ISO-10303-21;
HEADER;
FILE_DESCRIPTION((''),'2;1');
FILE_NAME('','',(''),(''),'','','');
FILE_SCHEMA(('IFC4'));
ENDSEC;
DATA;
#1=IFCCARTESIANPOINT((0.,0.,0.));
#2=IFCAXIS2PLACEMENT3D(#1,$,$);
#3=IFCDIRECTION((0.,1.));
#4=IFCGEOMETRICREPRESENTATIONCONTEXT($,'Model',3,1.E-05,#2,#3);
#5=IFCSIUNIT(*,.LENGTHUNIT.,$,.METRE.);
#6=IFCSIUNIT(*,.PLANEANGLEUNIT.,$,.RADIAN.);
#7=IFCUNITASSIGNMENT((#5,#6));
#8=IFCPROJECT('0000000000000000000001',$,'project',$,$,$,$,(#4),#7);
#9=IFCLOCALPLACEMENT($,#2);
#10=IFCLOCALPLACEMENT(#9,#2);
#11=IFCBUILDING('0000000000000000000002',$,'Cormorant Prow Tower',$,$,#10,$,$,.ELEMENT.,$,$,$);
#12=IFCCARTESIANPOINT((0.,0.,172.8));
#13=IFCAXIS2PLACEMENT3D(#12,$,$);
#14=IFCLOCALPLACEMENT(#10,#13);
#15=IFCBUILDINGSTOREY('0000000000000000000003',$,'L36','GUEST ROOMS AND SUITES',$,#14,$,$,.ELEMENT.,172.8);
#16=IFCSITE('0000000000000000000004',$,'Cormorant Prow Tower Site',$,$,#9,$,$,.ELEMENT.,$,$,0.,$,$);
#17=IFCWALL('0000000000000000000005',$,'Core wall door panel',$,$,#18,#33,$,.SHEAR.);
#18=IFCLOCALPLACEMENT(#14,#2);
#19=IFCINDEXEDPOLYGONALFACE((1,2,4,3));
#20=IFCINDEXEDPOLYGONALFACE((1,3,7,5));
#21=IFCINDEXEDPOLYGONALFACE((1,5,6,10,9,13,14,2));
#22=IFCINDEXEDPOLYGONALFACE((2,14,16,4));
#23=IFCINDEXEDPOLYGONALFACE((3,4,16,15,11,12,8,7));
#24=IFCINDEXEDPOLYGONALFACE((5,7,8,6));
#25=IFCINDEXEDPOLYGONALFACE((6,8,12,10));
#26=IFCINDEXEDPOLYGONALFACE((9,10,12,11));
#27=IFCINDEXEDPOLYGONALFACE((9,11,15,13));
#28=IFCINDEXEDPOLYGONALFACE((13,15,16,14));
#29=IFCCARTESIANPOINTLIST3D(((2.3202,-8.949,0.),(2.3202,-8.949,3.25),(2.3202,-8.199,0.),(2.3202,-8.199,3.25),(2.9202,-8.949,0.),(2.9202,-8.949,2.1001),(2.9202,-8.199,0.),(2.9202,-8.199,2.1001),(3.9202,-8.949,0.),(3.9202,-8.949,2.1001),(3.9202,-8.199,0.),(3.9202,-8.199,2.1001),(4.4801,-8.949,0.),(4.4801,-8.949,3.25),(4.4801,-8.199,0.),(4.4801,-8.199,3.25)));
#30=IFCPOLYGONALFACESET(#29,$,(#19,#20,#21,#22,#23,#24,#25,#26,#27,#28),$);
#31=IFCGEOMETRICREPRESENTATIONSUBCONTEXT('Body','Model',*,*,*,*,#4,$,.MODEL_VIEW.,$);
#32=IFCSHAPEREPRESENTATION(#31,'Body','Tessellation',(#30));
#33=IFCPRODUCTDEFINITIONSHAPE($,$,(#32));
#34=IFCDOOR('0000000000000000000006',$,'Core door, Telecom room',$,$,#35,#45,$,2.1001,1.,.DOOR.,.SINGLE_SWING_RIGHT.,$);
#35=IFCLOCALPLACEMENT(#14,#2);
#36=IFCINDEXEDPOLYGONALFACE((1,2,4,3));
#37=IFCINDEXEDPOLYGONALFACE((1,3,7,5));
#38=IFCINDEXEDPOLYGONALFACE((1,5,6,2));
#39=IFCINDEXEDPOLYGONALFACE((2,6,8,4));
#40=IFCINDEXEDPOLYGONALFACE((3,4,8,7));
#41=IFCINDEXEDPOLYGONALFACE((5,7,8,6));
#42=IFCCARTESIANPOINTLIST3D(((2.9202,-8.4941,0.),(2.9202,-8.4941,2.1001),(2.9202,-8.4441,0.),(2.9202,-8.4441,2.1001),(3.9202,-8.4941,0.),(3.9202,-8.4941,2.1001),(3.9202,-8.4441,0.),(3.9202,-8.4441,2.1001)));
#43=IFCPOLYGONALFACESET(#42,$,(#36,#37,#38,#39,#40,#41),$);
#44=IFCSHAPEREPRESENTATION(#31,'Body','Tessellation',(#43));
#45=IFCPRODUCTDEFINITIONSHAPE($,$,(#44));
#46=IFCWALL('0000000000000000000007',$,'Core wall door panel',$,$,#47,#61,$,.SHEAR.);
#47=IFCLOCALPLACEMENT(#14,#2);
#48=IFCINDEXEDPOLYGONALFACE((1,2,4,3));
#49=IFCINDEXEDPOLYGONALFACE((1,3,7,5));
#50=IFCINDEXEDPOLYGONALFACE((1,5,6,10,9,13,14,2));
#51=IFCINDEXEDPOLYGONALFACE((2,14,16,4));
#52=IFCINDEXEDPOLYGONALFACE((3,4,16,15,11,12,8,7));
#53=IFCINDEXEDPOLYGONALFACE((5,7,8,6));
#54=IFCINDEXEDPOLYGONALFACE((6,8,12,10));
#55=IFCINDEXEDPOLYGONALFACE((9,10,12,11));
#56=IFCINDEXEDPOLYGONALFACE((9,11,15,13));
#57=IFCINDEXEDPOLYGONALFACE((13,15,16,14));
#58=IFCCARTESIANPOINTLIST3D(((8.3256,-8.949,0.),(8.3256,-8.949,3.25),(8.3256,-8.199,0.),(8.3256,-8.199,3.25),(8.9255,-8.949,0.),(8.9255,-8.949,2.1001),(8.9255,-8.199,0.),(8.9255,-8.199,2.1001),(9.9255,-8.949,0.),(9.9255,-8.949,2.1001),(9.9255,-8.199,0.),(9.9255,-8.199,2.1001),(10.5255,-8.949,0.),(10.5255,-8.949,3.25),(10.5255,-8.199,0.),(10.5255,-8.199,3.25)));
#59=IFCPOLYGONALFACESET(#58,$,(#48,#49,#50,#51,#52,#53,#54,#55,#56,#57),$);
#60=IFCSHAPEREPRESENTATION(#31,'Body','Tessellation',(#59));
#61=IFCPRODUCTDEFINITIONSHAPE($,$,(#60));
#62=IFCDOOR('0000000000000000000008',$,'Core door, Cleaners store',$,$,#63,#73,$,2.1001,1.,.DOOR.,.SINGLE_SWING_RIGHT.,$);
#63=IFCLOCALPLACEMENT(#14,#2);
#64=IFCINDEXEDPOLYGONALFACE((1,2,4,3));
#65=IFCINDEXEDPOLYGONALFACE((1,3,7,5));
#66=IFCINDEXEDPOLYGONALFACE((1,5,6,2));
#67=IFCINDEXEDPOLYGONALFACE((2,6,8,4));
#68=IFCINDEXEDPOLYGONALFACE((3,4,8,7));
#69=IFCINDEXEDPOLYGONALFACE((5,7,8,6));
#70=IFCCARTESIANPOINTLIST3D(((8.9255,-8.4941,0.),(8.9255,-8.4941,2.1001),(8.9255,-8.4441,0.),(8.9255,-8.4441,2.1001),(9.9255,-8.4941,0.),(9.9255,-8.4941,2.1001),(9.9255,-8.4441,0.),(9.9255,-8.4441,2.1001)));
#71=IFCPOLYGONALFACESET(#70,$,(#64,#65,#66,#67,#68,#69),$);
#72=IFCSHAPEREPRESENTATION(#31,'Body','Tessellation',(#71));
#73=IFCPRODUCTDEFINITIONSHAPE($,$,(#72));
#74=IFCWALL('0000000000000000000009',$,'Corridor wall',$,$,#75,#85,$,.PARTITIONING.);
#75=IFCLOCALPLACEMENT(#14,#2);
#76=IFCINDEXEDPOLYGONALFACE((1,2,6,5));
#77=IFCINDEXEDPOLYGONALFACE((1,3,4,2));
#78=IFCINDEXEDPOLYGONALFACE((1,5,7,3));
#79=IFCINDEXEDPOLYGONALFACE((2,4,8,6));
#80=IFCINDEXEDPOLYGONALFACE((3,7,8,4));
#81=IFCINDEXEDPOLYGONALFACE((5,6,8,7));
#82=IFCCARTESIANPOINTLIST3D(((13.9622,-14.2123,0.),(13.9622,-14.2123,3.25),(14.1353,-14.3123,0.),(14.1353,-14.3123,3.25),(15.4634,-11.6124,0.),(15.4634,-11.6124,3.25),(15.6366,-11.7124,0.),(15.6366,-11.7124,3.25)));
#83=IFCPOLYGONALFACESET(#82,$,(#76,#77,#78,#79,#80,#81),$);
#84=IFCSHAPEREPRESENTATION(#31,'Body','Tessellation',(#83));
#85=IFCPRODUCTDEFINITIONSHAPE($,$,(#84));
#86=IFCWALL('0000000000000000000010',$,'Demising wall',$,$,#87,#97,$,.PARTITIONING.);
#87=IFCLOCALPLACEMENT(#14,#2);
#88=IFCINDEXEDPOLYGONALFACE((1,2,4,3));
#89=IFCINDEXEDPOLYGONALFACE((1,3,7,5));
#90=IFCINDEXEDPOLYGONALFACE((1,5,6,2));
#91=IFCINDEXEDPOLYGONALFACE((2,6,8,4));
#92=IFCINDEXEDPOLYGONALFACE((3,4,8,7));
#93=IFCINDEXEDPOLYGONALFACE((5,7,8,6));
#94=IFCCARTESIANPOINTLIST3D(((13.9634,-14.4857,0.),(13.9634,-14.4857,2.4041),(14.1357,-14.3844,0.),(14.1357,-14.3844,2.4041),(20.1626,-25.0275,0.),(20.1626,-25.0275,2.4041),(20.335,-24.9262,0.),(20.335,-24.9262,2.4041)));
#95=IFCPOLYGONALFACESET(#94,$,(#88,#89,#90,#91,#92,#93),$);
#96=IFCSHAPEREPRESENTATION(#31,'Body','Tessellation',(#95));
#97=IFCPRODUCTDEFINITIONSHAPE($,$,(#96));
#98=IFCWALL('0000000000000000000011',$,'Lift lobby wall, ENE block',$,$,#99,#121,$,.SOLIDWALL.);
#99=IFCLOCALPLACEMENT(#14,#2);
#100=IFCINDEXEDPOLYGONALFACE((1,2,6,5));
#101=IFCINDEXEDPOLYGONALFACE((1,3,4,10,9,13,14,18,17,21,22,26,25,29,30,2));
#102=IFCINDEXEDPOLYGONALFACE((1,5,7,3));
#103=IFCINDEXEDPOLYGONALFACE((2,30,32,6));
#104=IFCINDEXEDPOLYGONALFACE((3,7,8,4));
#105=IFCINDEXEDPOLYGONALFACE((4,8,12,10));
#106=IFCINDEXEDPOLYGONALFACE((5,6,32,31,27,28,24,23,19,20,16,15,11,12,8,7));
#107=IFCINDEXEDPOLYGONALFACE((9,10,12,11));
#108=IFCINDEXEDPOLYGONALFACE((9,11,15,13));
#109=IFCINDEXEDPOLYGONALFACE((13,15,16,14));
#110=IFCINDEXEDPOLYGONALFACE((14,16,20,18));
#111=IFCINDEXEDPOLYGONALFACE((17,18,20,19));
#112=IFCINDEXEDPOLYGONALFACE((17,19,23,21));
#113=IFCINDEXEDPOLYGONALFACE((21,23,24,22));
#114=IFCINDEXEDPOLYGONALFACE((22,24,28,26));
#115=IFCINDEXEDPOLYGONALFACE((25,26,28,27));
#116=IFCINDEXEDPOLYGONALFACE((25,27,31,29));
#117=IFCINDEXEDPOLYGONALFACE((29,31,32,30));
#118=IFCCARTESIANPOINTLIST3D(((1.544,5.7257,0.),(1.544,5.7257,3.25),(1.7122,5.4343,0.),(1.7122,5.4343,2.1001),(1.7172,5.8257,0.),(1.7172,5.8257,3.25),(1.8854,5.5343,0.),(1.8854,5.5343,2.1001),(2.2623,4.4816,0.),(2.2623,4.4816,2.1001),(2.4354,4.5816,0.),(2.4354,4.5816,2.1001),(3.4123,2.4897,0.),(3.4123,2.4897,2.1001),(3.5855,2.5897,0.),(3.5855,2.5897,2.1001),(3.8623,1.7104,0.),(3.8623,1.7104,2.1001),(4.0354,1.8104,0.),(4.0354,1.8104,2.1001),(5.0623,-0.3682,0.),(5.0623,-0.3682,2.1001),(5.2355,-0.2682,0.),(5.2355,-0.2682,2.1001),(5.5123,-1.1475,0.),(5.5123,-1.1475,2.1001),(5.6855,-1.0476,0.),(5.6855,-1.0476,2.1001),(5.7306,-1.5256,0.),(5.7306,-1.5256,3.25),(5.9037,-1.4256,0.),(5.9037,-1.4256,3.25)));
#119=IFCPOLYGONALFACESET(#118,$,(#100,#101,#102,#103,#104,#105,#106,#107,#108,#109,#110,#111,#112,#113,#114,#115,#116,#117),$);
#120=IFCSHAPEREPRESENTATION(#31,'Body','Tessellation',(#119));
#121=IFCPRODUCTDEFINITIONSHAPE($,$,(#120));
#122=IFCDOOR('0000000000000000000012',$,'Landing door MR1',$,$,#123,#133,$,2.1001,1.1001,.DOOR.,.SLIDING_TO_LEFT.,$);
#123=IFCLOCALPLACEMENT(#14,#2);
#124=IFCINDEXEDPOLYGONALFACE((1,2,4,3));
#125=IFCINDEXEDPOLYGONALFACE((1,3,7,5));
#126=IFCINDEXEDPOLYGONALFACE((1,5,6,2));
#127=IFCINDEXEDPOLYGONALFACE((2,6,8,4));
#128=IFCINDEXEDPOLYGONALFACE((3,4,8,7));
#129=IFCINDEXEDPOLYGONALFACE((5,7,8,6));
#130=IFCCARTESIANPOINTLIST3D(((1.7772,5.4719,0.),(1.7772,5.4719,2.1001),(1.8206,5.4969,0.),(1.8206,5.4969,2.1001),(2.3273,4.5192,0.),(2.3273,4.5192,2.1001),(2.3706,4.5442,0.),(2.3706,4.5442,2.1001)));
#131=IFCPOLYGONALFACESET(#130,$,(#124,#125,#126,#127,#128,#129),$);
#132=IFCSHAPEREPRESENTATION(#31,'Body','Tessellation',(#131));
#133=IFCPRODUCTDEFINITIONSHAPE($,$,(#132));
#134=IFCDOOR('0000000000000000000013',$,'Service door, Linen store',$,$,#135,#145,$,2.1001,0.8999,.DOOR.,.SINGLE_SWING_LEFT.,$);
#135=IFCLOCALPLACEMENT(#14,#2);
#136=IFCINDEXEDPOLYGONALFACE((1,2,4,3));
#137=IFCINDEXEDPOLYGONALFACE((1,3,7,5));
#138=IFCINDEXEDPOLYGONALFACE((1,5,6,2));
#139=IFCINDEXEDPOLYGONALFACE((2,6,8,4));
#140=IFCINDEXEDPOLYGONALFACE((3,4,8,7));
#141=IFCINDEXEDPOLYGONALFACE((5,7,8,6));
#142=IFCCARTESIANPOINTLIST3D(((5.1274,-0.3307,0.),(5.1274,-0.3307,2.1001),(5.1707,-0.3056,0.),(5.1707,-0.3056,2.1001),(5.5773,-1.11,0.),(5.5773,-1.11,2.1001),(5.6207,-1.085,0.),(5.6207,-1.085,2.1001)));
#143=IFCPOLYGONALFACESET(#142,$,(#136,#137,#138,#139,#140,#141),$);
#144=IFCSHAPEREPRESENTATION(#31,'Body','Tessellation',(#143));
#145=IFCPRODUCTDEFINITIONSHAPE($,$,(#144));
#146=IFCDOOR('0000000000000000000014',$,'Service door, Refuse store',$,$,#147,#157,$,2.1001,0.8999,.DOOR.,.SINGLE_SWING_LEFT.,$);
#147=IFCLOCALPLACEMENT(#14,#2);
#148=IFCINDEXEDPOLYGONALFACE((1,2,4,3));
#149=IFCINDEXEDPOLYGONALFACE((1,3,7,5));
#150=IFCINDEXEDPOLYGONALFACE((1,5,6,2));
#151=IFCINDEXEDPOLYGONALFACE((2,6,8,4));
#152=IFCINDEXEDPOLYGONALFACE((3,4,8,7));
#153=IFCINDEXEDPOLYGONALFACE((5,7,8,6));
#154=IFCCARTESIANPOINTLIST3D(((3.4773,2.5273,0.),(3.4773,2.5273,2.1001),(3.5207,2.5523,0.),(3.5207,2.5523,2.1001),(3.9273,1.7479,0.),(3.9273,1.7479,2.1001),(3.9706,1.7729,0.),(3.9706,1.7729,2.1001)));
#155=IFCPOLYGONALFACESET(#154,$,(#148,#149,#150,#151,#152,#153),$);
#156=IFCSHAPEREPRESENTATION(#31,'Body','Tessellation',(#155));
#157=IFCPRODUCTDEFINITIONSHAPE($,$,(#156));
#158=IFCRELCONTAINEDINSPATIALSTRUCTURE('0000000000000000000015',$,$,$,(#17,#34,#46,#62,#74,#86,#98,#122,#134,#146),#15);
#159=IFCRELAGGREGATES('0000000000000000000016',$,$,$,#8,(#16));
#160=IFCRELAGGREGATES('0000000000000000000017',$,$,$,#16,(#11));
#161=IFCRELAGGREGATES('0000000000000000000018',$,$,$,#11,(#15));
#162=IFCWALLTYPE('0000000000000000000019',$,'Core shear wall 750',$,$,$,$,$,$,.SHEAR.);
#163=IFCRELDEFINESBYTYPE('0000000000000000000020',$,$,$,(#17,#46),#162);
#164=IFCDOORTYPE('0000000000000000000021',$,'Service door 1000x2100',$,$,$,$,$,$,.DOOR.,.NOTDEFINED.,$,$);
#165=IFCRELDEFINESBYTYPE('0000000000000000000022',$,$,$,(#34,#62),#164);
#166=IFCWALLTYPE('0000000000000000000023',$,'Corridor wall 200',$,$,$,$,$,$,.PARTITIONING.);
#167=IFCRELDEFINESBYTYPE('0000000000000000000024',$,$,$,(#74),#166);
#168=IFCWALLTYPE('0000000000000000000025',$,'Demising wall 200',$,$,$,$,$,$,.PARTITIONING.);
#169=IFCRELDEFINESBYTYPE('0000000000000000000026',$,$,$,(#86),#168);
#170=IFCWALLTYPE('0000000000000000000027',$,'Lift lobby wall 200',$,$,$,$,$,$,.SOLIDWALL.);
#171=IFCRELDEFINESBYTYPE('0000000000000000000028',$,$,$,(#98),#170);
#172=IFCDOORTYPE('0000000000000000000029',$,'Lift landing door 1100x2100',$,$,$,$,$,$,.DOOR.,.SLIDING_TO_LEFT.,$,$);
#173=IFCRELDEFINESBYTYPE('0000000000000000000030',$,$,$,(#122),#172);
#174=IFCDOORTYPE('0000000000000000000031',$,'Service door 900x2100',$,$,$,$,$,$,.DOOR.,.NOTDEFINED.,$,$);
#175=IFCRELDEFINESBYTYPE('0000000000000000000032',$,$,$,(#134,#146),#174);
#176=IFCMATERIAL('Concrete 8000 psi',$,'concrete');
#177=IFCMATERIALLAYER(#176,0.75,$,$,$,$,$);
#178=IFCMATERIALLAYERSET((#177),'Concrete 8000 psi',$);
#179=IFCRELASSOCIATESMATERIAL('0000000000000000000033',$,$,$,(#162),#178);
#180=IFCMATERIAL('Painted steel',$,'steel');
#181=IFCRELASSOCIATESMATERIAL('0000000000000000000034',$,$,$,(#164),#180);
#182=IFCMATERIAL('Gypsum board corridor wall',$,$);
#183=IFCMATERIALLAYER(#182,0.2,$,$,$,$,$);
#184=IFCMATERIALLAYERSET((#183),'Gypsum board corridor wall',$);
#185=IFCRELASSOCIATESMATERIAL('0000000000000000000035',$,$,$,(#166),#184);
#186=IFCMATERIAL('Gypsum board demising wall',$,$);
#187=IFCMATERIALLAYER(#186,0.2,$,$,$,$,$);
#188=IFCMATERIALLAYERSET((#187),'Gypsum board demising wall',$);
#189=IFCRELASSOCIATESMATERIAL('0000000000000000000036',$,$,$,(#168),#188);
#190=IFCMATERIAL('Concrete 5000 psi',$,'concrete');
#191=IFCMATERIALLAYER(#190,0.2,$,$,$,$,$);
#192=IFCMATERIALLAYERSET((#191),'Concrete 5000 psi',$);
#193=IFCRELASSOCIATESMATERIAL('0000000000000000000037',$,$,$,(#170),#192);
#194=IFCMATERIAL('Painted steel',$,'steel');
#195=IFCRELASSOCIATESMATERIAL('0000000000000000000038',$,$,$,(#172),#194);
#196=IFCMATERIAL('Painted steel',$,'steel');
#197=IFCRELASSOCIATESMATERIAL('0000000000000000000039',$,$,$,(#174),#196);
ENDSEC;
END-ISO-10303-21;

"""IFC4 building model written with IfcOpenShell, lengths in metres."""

from ifc_helpers import new_model, si_unit, direction, frame, frame_2d, origin, place, context, subcontext, project, spatial, rectangle, extrude, material, layer, layer_set, type_object, element, fill, save


model = new_model("IFC4")

# Units and contexts
model_context = context("Model", 3, precision=1e-05, world=origin(), true_north=direction((0.0, 1.0)))
body_context = subcontext(model_context, "Body", "Model", "MODEL_VIEW")
ifc_project = project(units=[si_unit("LENGTHUNIT", "METRE"), si_unit("PLANEANGLEUNIT", "RADIAN")], contexts=[model_context])

# Site, building, storey
site_placement = place(None, origin())
site = spatial("IfcSite", under=ifc_project, at=site_placement, Name="Cormorant Prow Tower Site", CompositionType="ELEMENT", RefElevation=0.0)
building_placement = place(site_placement, origin())
building = spatial("IfcBuilding", under=site, at=building_placement, Name="Cormorant Prow Tower", CompositionType="ELEMENT")
storey_placement = place(building_placement, frame((0.0, 0.0, 172.8)))
storey = spatial("IfcBuildingStorey", under=building, at=storey_placement, Name="L36", Description="GUEST ROOMS AND SUITES", CompositionType="ELEMENT", Elevation=172.8)

# Shared definitions
ifc_material_1 = material(Name="Concrete 8000 psi", Category="concrete")
ifc_layer_1 = layer(ifc_material_1, 0.75)
ifc_layer_set_1 = layer_set([ifc_layer_1], Name="Concrete 8000 psi")
wall_type_1 = type_object("IfcWallType", Name="Core shear wall 750", PredefinedType="SHEAR", material=ifc_layer_set_1)

# Walls, openings, doors
wall_1_placement = place(storey_placement, frame((2.3201, -8.574, 0.0), z_axis=(0.0, 0.0, 1.0), x_axis=(1.0, 0.0, 0.0)))
wall_1 = element("IfcWall", 1, at=wall_1_placement, inside=storey, type_object=wall_type_1, Name="Core wall door panel", PredefinedType="SHEAR", context=body_context, shape_type="SweptSolid", body=[
    extrude(rectangle(XDim=2.1599, YDim=0.75, at=frame_2d((1.0801, 0.0))), origin(), (0.0, 0.0, 1.0), 3.25),
])
opening_1_placement = place(wall_1_placement, frame((0.6001, 0.0, 0.0)))
opening_1 = element("IfcOpeningElement", 2, at=opening_1_placement, cuts=wall_1, PredefinedType="OPENING", context=body_context, shape_type="SweptSolid", body=[
    extrude(rectangle(XDim=1.0, YDim=2.1001, at=frame_2d((0.5, 1.05))), frame((0.0, 0.385, 0.0), z_axis=(0.0, -1.0, 0.0), x_axis=(1.0, 0.0, 0.0)), (0.0, 0.0, 1.0), 0.77),
])
ifc_material_2 = material(Name="Painted steel", Category="steel")
door_type_1 = type_object("IfcDoorType", Name="Service door 1000x2100", OperationType="NOTDEFINED", PredefinedType="DOOR", material=ifc_material_2)
door_1_placement = place(opening_1_placement, origin())
door_1 = element("IfcDoor", 3, at=door_1_placement, inside=storey, type_object=door_type_1, Name="Core door, Telecom room", OperationType="SINGLE_SWING_RIGHT", OverallHeight=2.1001, OverallWidth=1.0, PredefinedType="DOOR", context=body_context, shape_type="SweptSolid", body=[
    extrude(rectangle(XDim=1.0, YDim=2.1001, at=frame_2d((0.5, 1.05))), frame((0.0, 0.1299, 0.0), z_axis=(0.0, -1.0, 0.0), x_axis=(1.0, 0.0, 0.0)), (0.0, 0.0, 1.0), 0.05),
])
fill(opening_1, door_1)
wall_2_placement = place(storey_placement, frame((8.3254, -8.574, 0.0), z_axis=(0.0, 0.0, 1.0), x_axis=(1.0, 0.0, 0.0)))
wall_2 = element("IfcWall", 4, at=wall_2_placement, inside=storey, type_object=wall_type_1, Name="Core wall door panel", PredefinedType="SHEAR", context=body_context, shape_type="SweptSolid", body=[
    extrude(rectangle(XDim=2.2, YDim=0.75, at=frame_2d((1.1001, 0.0))), origin(), (0.0, 0.0, 1.0), 3.25),
])
opening_2_placement = place(wall_2_placement, frame((0.6001, 0.0, 0.0)))
opening_2 = element("IfcOpeningElement", 5, at=opening_2_placement, cuts=wall_2, PredefinedType="OPENING", context=body_context, shape_type="SweptSolid", body=[
    extrude(rectangle(XDim=1.0, YDim=2.1001, at=frame_2d((0.5, 1.05))), frame((0.0, 0.385, 0.0), z_axis=(0.0, -1.0, 0.0), x_axis=(1.0, 0.0, 0.0)), (0.0, 0.0, 1.0), 0.77),
])
door_2_placement = place(opening_2_placement, origin())
door_2 = element("IfcDoor", 6, at=door_2_placement, inside=storey, type_object=door_type_1, Name="Core door, Cleaners store", OperationType="SINGLE_SWING_RIGHT", OverallHeight=2.1001, OverallWidth=1.0, PredefinedType="DOOR", context=body_context, shape_type="SweptSolid", body=[
    extrude(rectangle(XDim=1.0, YDim=2.1001, at=frame_2d((0.5, 1.05))), frame((0.0, 0.1299, 0.0), z_axis=(0.0, -1.0, 0.0), x_axis=(1.0, 0.0, 0.0)), (0.0, 0.0, 1.0), 0.05),
])
fill(opening_2, door_2)

# Walls
ifc_material_3 = material(Name="Gypsum board corridor wall")
ifc_layer_2 = layer(ifc_material_3, 0.2)
ifc_layer_set_2 = layer_set([ifc_layer_2], Name="Gypsum board corridor wall")
wall_type_2 = type_object("IfcWallType", Name="Corridor wall 200", PredefinedType="PARTITIONING", material=ifc_layer_set_2)
wall_3_placement = place(storey_placement, frame((14.0488, -14.2622, 0.0), z_axis=(0.0, 0.0, 1.0), x_axis=(0.500049, 0.865997, 0.0)))
element("IfcWall", 7, at=wall_3_placement, inside=storey, type_object=wall_type_2, Name="Corridor wall", PredefinedType="PARTITIONING", context=body_context, shape_type="SweptSolid", body=[
    extrude(rectangle(XDim=3.0022, YDim=0.2, at=frame_2d((1.501, 0.0))), origin(), (0.0, 0.0, 1.0), 3.25),
])
ifc_material_4 = material(Name="Gypsum board demising wall")
ifc_layer_3 = layer(ifc_material_4, 0.2)
ifc_layer_set_3 = layer_set([ifc_layer_3], Name="Gypsum board demising wall")
wall_type_3 = type_object("IfcWallType", Name="Demising wall 200", PredefinedType="PARTITIONING", material=ifc_layer_set_3)
wall_4_placement = place(storey_placement, frame((14.0496, -14.4351, 0.0), z_axis=(0.0, 0.0, 1.0), x_axis=(0.50691, -0.861999, 0.0)))
element("IfcWall", 8, at=wall_4_placement, inside=storey, type_object=wall_type_3, Name="Demising wall", PredefinedType="PARTITIONING", context=body_context, shape_type="SweptSolid", body=[
    extrude(rectangle(XDim=12.2295, YDim=0.2, at=frame_2d((6.1147, 0.0))), origin(), (0.0, 0.0, 1.0), 2.4041),
])

# Wall, openings, doors
ifc_material_5 = material(Name="Concrete 5000 psi", Category="concrete")
ifc_layer_4 = layer(ifc_material_5, 0.2)
ifc_layer_set_4 = layer_set([ifc_layer_4], Name="Concrete 5000 psi")
wall_type_4 = type_object("IfcWallType", Name="Lift lobby wall 200", PredefinedType="SOLIDWALL", material=ifc_layer_set_4)
wall_5_placement = place(storey_placement, frame((5.8171, -1.4756, 0.0), z_axis=(0.0, 0.0, 1.0), x_axis=(-0.500003, 0.866024, 0.0)))
wall_5 = element("IfcWall", 9, at=wall_5_placement, inside=storey, type_object=wall_type_4, Name="Lift lobby wall, ENE block", PredefinedType="SOLIDWALL", context=body_context, shape_type="SweptSolid", body=[
    extrude(rectangle(XDim=8.373, YDim=0.2, at=frame_2d((4.1865, 0.0))), origin(), (0.0, 0.0, 1.0), 3.25),
])
opening_3_placement = place(wall_5_placement, frame((0.4365, 0.0, 0.0)))
opening_3 = element("IfcOpeningElement", 10, at=opening_3_placement, cuts=wall_5, PredefinedType="OPENING", context=body_context, shape_type="SweptSolid", body=[
    extrude(rectangle(XDim=0.8999, YDim=2.1001, at=frame_2d((0.45, 1.05))), frame((0.0, 0.1099, 0.0), z_axis=(0.0, -1.0, 0.0), x_axis=(1.0, 0.0, 0.0)), (0.0, 0.0, 1.0), 0.22),
])
opening_4_placement = place(wall_5_placement, frame((3.7366, 0.0, 0.0)))
opening_4 = element("IfcOpeningElement", 11, at=opening_4_placement, cuts=wall_5, PredefinedType="OPENING", context=body_context, shape_type="SweptSolid", body=[
    extrude(rectangle(XDim=0.8999, YDim=2.1001, at=frame_2d((0.45, 1.05))), frame((0.0, 0.1099, 0.0), z_axis=(0.0, -1.0, 0.0), x_axis=(1.0, 0.0, 0.0)), (0.0, 0.0, 1.0), 0.22),
])
opening_5_placement = place(wall_5_placement, frame((6.9365, 0.0, 0.0)))
opening_5 = element("IfcOpeningElement", 12, at=opening_5_placement, cuts=wall_5, PredefinedType="OPENING", context=body_context, shape_type="SweptSolid", body=[
    extrude(rectangle(XDim=1.1001, YDim=2.1001, at=frame_2d((0.55, 1.05))), frame((0.0, 0.1099, 0.0), z_axis=(0.0, -1.0, 0.0), x_axis=(1.0, 0.0, 0.0)), (0.0, 0.0, 1.0), 0.22),
])
ifc_material_6 = material(Name="Painted steel", Category="steel")
door_type_2 = type_object("IfcDoorType", Name="Lift landing door 1100x2100", OperationType="SLIDING_TO_LEFT", PredefinedType="DOOR", material=ifc_material_6)
door_3_placement = place(opening_5_placement, origin())
door_3 = element("IfcDoor", 13, at=door_3_placement, inside=storey, type_object=door_type_2, Name="Landing door MR1", OperationType="SLIDING_TO_LEFT", OverallHeight=2.1001, OverallWidth=1.1001, PredefinedType="DOOR", context=body_context, shape_type="SweptSolid", body=[
    extrude(rectangle(XDim=1.1001, YDim=2.1001, at=frame_2d((0.55, 1.05))), frame((0.0, 0.0249, 0.0), z_axis=(0.0, -1.0, 0.0), x_axis=(1.0, 0.0, 0.0)), (0.0, 0.0, 1.0), 0.05),
])
fill(opening_5, door_3)
ifc_material_7 = material(Name="Painted steel", Category="steel")
door_type_3 = type_object("IfcDoorType", Name="Service door 900x2100", OperationType="NOTDEFINED", PredefinedType="DOOR", material=ifc_material_7)
door_4_placement = place(opening_3_placement, origin())
door_4 = element("IfcDoor", 14, at=door_4_placement, inside=storey, type_object=door_type_3, Name="Service door, Linen store", OperationType="SINGLE_SWING_LEFT", OverallHeight=2.1001, OverallWidth=0.8999, PredefinedType="DOOR", context=body_context, shape_type="SweptSolid", body=[
    extrude(rectangle(XDim=0.8999, YDim=2.1001, at=frame_2d((0.45, 1.05))), frame((0.0, 0.0249, 0.0), z_axis=(0.0, -1.0, 0.0), x_axis=(1.0, 0.0, 0.0)), (0.0, 0.0, 1.0), 0.05),
])
fill(opening_3, door_4)
door_5_placement = place(opening_4_placement, origin())
door_5 = element("IfcDoor", 15, at=door_5_placement, inside=storey, type_object=door_type_3, Name="Service door, Refuse store", OperationType="SINGLE_SWING_LEFT", OverallHeight=2.1001, OverallWidth=0.8999, PredefinedType="DOOR", context=body_context, shape_type="SweptSolid", body=[
    extrude(rectangle(XDim=0.8999, YDim=2.1001, at=frame_2d((0.45, 1.05))), frame((0.0, 0.0249, 0.0), z_axis=(0.0, -1.0, 0.0), x_axis=(1.0, 0.0, 0.0)), (0.0, 0.0, 1.0), 0.05),
])
fill(opening_4, door_5)

save(model, "model.ifc")
